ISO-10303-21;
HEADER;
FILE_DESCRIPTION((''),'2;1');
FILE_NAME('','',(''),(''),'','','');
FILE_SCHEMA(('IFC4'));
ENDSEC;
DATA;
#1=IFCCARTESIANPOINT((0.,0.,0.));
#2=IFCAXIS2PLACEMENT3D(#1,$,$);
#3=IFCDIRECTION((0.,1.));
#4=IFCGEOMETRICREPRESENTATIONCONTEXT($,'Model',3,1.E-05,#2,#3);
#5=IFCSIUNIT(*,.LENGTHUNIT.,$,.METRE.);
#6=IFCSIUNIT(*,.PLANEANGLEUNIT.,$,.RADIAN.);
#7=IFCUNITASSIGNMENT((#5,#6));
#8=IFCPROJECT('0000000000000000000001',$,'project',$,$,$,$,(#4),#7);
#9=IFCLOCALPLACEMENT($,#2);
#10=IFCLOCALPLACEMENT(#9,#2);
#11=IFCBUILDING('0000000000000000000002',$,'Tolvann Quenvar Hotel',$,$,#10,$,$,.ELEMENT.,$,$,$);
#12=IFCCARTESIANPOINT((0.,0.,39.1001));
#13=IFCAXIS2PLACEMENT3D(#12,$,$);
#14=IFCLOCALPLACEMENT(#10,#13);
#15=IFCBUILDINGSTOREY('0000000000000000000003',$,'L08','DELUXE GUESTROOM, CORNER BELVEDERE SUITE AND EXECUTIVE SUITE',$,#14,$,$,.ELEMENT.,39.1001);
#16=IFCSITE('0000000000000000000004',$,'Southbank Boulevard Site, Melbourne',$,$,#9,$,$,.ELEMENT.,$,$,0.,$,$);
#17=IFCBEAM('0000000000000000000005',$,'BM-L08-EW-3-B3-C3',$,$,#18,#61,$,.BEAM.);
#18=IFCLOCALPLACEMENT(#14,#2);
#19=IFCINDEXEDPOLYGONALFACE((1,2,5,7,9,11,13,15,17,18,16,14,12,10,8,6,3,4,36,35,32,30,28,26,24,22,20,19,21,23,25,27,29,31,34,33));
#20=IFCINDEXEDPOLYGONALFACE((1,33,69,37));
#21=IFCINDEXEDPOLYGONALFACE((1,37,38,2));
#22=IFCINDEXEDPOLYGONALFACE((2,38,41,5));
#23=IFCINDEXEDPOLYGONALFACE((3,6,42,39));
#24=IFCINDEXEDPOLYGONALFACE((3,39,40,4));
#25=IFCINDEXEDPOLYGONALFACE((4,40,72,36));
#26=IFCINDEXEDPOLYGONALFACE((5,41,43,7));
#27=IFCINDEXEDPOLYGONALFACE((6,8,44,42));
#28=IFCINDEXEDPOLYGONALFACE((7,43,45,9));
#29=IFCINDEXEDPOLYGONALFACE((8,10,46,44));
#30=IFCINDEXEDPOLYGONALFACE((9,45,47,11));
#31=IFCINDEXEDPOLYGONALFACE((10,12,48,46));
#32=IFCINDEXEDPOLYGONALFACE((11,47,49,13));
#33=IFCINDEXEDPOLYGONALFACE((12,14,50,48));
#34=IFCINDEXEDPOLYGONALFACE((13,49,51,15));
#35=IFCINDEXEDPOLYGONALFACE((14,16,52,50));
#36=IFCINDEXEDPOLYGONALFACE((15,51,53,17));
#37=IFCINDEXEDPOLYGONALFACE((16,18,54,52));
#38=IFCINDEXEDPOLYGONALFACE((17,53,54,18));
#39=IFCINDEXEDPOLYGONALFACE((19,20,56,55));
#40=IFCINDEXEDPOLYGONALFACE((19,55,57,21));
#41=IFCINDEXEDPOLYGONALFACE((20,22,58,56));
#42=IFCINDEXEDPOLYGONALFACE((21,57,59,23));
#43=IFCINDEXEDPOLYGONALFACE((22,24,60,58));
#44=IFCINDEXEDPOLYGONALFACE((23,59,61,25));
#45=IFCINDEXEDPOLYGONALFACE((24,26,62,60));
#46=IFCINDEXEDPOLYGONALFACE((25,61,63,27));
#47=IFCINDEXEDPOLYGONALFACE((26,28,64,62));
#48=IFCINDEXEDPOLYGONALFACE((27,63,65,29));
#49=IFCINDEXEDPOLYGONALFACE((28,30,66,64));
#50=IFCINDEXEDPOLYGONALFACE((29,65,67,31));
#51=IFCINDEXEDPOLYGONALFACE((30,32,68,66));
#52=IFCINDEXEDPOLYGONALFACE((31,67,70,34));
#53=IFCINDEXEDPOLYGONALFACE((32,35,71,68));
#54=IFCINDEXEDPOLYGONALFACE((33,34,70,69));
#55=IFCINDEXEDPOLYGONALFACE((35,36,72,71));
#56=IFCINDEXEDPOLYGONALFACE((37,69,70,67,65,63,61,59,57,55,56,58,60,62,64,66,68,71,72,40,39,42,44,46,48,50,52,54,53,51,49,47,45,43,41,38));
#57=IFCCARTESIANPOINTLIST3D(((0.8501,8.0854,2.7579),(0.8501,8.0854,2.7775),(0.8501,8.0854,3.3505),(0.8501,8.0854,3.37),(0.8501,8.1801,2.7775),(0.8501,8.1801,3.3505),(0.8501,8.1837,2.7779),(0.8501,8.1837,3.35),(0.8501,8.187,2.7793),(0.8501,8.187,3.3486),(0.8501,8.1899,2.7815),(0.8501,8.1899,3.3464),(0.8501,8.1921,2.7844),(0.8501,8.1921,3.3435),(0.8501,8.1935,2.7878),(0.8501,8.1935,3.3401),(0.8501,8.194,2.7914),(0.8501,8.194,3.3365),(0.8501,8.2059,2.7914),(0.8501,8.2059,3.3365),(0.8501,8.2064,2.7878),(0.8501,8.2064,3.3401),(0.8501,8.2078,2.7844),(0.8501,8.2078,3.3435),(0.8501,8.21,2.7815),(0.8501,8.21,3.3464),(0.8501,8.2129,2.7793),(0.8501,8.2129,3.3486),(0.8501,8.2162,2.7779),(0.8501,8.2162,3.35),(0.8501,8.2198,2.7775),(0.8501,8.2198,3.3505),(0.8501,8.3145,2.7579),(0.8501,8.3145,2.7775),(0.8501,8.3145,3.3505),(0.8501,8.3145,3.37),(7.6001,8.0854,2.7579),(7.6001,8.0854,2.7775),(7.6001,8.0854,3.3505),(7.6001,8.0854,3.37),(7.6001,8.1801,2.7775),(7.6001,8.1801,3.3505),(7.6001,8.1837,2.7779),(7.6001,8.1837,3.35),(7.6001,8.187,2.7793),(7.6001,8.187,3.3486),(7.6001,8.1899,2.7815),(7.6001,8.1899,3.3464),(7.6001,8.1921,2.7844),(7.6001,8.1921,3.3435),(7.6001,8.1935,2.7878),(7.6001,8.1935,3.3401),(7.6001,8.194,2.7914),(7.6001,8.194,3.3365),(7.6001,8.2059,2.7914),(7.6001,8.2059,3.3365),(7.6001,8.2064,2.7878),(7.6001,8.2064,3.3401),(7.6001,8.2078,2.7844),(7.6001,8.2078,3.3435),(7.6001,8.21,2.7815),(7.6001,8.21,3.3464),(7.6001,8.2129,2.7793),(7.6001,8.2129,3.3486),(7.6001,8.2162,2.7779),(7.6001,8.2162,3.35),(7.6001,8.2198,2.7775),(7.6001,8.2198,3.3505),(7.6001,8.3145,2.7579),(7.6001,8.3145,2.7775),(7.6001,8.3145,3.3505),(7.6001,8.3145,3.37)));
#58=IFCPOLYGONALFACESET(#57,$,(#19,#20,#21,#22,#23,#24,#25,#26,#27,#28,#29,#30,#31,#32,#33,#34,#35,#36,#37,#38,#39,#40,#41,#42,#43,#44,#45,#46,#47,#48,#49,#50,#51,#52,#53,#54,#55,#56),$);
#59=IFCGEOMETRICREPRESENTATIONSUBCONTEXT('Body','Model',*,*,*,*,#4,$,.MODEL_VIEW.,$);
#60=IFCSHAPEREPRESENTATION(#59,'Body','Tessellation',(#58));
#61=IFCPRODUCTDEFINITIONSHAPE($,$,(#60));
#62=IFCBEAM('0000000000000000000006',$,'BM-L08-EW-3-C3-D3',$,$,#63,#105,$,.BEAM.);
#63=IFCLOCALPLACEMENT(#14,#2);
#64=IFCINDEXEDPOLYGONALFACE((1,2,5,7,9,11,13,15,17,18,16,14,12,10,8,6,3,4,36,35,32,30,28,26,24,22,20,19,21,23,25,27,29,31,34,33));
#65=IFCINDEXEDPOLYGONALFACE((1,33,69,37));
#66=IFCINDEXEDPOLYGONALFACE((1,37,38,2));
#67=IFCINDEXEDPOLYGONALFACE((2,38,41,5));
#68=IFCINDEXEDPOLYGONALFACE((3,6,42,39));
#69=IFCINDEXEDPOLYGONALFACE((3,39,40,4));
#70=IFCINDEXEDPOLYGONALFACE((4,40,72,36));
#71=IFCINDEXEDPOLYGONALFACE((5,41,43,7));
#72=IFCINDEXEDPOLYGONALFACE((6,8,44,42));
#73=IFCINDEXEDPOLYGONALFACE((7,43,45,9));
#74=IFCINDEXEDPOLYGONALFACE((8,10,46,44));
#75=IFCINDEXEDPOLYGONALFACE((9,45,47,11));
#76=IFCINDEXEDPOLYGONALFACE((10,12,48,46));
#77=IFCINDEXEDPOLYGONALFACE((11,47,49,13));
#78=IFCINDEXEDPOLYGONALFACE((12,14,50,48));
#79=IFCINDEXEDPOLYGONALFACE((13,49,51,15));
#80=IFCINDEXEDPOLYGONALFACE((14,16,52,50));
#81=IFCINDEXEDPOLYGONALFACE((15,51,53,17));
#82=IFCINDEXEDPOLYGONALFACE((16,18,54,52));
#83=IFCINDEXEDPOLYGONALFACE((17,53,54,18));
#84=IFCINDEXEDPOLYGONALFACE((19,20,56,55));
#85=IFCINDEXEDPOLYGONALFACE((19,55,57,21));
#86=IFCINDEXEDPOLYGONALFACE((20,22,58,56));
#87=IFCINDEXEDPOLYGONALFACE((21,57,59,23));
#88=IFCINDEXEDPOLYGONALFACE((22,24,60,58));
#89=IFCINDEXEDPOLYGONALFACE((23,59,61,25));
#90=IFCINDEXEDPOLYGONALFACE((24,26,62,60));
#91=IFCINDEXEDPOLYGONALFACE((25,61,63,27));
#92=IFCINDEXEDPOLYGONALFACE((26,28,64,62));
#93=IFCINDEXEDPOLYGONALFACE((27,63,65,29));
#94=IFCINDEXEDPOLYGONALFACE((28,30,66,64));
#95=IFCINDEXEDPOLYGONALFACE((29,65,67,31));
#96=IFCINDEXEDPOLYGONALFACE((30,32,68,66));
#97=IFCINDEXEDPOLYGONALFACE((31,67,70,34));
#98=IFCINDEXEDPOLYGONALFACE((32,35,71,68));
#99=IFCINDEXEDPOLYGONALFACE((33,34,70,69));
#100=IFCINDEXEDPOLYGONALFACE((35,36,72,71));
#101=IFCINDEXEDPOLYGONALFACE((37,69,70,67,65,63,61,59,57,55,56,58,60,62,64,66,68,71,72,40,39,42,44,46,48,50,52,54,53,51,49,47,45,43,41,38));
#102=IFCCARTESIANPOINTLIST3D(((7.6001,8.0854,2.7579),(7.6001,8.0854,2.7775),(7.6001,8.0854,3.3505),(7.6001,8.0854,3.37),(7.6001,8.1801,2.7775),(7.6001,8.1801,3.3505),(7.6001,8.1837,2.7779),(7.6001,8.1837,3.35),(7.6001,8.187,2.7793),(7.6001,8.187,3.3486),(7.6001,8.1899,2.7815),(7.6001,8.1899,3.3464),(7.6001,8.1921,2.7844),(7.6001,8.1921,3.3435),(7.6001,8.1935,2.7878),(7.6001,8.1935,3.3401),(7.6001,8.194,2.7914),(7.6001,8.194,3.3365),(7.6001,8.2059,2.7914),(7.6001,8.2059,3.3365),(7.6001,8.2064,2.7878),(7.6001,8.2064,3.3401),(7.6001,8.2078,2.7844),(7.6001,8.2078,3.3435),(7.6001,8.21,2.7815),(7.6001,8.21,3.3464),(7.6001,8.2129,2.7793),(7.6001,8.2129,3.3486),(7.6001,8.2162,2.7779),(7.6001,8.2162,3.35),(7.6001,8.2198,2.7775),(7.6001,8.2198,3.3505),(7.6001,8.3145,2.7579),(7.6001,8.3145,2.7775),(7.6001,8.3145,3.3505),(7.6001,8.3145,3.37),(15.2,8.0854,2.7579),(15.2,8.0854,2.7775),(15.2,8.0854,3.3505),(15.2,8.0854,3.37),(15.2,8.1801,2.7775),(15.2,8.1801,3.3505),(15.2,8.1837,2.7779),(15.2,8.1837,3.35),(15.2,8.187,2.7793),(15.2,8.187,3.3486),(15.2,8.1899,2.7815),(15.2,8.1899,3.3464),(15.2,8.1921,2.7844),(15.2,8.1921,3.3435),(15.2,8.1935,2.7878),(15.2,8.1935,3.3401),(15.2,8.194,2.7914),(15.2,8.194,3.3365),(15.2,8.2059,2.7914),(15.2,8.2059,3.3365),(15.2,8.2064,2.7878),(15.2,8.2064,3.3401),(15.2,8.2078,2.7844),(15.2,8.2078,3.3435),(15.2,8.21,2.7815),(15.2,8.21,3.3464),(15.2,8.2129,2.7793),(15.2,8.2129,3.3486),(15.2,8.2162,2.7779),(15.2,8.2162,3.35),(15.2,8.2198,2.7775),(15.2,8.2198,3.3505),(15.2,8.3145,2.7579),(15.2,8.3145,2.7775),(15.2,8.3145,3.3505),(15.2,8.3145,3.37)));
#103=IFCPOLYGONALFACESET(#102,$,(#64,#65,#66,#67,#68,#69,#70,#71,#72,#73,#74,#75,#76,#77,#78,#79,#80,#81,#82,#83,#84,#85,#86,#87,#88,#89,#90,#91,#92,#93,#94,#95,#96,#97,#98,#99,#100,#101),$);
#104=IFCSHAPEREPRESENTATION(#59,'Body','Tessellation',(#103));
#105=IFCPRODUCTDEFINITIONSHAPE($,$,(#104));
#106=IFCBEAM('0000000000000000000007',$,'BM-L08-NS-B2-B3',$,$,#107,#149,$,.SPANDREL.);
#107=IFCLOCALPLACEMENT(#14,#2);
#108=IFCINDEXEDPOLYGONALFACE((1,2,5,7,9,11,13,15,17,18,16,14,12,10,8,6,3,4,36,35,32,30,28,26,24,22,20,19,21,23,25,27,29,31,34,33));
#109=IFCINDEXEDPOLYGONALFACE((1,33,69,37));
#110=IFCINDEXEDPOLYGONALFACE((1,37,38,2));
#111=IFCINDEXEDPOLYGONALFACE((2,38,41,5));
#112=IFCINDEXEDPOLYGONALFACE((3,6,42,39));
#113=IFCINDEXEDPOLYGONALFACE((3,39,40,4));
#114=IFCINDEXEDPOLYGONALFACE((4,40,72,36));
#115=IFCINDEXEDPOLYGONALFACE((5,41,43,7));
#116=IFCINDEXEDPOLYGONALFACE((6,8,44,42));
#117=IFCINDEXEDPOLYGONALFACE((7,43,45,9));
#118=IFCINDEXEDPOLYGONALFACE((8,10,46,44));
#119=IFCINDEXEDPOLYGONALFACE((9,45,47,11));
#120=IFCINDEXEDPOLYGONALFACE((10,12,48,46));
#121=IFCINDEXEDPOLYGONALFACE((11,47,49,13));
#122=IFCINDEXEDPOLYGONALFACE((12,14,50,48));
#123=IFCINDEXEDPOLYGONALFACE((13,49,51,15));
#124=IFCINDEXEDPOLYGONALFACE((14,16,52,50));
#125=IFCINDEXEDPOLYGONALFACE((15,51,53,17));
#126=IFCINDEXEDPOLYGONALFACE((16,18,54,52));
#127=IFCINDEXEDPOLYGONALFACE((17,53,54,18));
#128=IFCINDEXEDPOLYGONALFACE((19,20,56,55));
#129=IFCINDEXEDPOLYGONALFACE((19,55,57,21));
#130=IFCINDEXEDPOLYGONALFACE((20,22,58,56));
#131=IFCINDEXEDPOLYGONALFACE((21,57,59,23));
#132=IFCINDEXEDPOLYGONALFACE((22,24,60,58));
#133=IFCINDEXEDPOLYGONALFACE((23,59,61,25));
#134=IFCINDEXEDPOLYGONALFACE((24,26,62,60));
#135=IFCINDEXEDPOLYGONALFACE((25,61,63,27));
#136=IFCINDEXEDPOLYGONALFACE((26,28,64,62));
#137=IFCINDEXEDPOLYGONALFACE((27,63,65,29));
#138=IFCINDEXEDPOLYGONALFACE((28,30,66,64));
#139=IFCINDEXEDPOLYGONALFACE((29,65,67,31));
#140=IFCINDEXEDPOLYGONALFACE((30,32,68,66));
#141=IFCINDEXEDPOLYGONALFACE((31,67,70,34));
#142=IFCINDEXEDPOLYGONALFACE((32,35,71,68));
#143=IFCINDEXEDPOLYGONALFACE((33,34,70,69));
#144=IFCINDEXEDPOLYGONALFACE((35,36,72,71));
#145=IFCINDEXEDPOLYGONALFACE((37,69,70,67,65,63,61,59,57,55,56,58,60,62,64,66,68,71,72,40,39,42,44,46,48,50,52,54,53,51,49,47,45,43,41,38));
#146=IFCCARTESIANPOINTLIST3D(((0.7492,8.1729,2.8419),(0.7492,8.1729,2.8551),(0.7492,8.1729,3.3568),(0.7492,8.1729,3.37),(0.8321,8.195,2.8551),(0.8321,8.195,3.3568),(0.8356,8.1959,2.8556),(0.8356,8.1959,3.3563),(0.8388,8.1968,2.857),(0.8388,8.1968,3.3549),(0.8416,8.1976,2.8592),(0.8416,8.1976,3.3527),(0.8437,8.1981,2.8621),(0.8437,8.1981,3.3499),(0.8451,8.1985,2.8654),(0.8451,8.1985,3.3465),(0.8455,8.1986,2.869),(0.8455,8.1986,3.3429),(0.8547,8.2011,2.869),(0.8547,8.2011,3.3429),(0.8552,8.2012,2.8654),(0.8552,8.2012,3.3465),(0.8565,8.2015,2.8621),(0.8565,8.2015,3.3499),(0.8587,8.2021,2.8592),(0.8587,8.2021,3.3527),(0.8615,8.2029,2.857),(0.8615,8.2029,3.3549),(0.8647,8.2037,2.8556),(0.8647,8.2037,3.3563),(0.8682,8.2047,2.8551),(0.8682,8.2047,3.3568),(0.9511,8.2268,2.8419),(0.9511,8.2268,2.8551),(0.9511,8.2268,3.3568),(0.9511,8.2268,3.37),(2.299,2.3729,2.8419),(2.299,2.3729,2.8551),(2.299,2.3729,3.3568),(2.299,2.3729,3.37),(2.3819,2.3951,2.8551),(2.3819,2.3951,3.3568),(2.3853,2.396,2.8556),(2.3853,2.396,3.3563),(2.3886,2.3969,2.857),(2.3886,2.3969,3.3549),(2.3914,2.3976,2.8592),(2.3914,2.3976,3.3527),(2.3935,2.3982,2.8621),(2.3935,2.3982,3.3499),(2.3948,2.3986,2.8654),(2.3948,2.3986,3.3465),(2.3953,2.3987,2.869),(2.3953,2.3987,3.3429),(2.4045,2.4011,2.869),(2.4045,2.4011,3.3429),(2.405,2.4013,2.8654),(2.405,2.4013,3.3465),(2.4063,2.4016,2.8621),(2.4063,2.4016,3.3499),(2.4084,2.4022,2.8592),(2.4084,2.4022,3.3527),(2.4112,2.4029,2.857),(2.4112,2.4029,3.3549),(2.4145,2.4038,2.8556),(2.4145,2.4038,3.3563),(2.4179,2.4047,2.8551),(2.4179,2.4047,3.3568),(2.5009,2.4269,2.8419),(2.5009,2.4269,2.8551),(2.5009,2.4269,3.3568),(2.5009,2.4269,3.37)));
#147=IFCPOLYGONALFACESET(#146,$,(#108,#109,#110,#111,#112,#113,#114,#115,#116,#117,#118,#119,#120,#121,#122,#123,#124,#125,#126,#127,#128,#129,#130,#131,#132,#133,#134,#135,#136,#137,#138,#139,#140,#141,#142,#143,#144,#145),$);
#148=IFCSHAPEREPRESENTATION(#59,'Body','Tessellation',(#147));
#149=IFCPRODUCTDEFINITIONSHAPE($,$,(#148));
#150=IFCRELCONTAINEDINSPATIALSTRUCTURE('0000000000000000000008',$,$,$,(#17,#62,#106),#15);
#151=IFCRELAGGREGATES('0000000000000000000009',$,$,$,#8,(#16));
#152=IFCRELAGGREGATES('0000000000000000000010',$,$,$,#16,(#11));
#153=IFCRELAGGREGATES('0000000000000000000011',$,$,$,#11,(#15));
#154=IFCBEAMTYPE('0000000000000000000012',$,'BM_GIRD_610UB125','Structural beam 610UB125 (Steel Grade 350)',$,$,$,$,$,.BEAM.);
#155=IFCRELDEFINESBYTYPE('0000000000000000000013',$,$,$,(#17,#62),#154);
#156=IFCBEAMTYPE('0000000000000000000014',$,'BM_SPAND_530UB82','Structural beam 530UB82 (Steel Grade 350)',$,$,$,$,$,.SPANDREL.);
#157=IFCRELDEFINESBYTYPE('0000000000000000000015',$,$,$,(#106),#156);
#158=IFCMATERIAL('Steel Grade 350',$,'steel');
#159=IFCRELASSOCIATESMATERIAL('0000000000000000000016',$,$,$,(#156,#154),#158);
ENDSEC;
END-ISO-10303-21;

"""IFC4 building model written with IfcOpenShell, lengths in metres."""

from ifc_helpers import new_model, si_unit, direction, frame, origin, origin_2d, place, context, subcontext, project, spatial, i_section, extrude, source, transform, mapped, material, material_profile, profile_set, type_object, type_shapes, element, save


model = new_model("IFC4")

# Units and contexts
model_context = context("Model", 3, precision=1e-05, world=origin(), true_north=direction((0.0, 1.0)))
body_context = subcontext(model_context, "Body", "Model", "MODEL_VIEW")
ifc_project = project(units=[si_unit("LENGTHUNIT", "METRE"), si_unit("PLANEANGLEUNIT", "RADIAN")], contexts=[model_context])

# Site, building, storey
site_placement = place(None, origin())
site = spatial("IfcSite", under=ifc_project, at=site_placement, Name="Southbank Boulevard Site, Melbourne", CompositionType="ELEMENT", RefElevation=0.0)
building_placement = place(site_placement, origin())
building = spatial("IfcBuilding", under=site, at=building_placement, Name="Tolvann Quenvar Hotel", CompositionType="ELEMENT")
storey_placement = place(building_placement, frame((0.0, 0.0, 39.1001)))
storey = spatial("IfcBuildingStorey", under=building, at=storey_placement, Name="L08", Description="DELUXE GUESTROOM, CORNER BELVEDERE SUITE AND EXECUTIVE SUITE", CompositionType="ELEMENT", Elevation=39.1001)

# Shared definitions
ifc_material_1 = material(Name="Steel Grade 350", Category="steel")

# Beams
ifc_material_profile_1 = material_profile(ifc_material_1, i_section(OverallWidth=0.209, OverallDepth=0.5281, WebThickness=0.0095, FlangeThickness=0.0132, FilletRadius=0.0139, at=origin_2d()), Name="530UB82")
ifc_profile_set_1 = profile_set([ifc_material_profile_1], Name="Steel Grade 350")
beam_type_1 = type_object("IfcBeamType", Name="BM_SPAND_530UB82", Description="Structural beam 530UB82 (Steel Grade 350)", PredefinedType="SPANDREL", material=ifc_profile_set_1)
ifc_material_profile_2 = material_profile(ifc_material_1, i_section(OverallWidth=0.229, OverallDepth=0.6121, WebThickness=0.012, FlangeThickness=0.0195, FilletRadius=0.0139, at=origin_2d()), Name="610UB125")
ifc_profile_set_2 = profile_set([ifc_material_profile_2], Name="Steel Grade 350")
beam_type_2 = type_object("IfcBeamType", Name="BM_GIRD_610UB125", Description="Structural beam 610UB125 (Steel Grade 350)", PredefinedType="BEAM", material=ifc_profile_set_2)
shared_shape_1 = source(origin(), body_context, "Body", "SweptSolid", [
    extrude(i_section(OverallWidth=0.229, OverallDepth=0.6121, WebThickness=0.012, FlangeThickness=0.0195, FilletRadius=0.0139, at=origin_2d()), origin(), (0.0, 0.0, 1.0), 6.75),
])
beam_1_placement = place(storey_placement, frame((0.8501, 8.2, 3.064), z_axis=(1.0, 0.0, 0.0), x_axis=(0.0, 1.0, 0.0)))
element("IfcBeam", 1, at=beam_1_placement, inside=storey, type_object=beam_type_2, Name="BM-L08-EW-3-B3-C3", PredefinedType="BEAM", context=body_context, shape_type="MappedRepresentation", body=[
    mapped(shared_shape_1, transform((0.0, 0.0, 0.0), x_axis=(1.0, 0.0, 0.0), y_axis=(0.0, 1.0, 0.0), z_axis=(0.0, 0.0, 1.0), scale=1.0)),
])
shared_shape_2 = source(origin(), body_context, "Body", "SweptSolid", [
    extrude(i_section(OverallWidth=0.229, OverallDepth=0.6121, WebThickness=0.012, FlangeThickness=0.0195, FilletRadius=0.0139, at=origin_2d()), origin(), (0.0, 0.0, 1.0), 7.5999),
])
type_shapes(beam_type_2, [shared_shape_1, shared_shape_2])
beam_2_placement = place(storey_placement, frame((7.6001, 8.2, 3.064), z_axis=(1.0, 0.0, 0.0), x_axis=(0.0, 1.0, 0.0)))
element("IfcBeam", 2, at=beam_2_placement, inside=storey, type_object=beam_type_2, Name="BM-L08-EW-3-C3-D3", PredefinedType="BEAM", context=body_context, shape_type="MappedRepresentation", body=[
    mapped(shared_shape_2, transform((0.0, 0.0, 0.0), x_axis=(1.0, 0.0, 0.0), y_axis=(0.0, 1.0, 0.0), z_axis=(0.0, 0.0, 1.0), scale=1.0)),
])
shared_shape_3 = source(origin(), body_context, "Body", "SweptSolid", [
    extrude(i_section(OverallWidth=0.209, OverallDepth=0.5281, WebThickness=0.0095, FlangeThickness=0.0132, FilletRadius=0.0139, at=origin_2d()), origin(), (0.0, 0.0, 1.0), 6.0034),
])
beam_3_placement = place(storey_placement, frame((2.3999, 2.3999, 3.106), z_axis=(-0.258149, 0.966105, 0.0), x_axis=(-0.966105, -0.258149, 0.0)))
element("IfcBeam", 3, at=beam_3_placement, inside=storey, type_object=beam_type_1, Name="BM-L08-NS-B2-B3", PredefinedType="SPANDREL", context=body_context, shape_type="MappedRepresentation", body=[
    mapped(shared_shape_3, transform((0.0, 0.0, 0.0), x_axis=(1.0, 0.0, 0.0), y_axis=(0.0, 1.0, 0.0), z_axis=(0.0, 0.0, 1.0), scale=1.0)),
])

save(model, "model.ifc")
